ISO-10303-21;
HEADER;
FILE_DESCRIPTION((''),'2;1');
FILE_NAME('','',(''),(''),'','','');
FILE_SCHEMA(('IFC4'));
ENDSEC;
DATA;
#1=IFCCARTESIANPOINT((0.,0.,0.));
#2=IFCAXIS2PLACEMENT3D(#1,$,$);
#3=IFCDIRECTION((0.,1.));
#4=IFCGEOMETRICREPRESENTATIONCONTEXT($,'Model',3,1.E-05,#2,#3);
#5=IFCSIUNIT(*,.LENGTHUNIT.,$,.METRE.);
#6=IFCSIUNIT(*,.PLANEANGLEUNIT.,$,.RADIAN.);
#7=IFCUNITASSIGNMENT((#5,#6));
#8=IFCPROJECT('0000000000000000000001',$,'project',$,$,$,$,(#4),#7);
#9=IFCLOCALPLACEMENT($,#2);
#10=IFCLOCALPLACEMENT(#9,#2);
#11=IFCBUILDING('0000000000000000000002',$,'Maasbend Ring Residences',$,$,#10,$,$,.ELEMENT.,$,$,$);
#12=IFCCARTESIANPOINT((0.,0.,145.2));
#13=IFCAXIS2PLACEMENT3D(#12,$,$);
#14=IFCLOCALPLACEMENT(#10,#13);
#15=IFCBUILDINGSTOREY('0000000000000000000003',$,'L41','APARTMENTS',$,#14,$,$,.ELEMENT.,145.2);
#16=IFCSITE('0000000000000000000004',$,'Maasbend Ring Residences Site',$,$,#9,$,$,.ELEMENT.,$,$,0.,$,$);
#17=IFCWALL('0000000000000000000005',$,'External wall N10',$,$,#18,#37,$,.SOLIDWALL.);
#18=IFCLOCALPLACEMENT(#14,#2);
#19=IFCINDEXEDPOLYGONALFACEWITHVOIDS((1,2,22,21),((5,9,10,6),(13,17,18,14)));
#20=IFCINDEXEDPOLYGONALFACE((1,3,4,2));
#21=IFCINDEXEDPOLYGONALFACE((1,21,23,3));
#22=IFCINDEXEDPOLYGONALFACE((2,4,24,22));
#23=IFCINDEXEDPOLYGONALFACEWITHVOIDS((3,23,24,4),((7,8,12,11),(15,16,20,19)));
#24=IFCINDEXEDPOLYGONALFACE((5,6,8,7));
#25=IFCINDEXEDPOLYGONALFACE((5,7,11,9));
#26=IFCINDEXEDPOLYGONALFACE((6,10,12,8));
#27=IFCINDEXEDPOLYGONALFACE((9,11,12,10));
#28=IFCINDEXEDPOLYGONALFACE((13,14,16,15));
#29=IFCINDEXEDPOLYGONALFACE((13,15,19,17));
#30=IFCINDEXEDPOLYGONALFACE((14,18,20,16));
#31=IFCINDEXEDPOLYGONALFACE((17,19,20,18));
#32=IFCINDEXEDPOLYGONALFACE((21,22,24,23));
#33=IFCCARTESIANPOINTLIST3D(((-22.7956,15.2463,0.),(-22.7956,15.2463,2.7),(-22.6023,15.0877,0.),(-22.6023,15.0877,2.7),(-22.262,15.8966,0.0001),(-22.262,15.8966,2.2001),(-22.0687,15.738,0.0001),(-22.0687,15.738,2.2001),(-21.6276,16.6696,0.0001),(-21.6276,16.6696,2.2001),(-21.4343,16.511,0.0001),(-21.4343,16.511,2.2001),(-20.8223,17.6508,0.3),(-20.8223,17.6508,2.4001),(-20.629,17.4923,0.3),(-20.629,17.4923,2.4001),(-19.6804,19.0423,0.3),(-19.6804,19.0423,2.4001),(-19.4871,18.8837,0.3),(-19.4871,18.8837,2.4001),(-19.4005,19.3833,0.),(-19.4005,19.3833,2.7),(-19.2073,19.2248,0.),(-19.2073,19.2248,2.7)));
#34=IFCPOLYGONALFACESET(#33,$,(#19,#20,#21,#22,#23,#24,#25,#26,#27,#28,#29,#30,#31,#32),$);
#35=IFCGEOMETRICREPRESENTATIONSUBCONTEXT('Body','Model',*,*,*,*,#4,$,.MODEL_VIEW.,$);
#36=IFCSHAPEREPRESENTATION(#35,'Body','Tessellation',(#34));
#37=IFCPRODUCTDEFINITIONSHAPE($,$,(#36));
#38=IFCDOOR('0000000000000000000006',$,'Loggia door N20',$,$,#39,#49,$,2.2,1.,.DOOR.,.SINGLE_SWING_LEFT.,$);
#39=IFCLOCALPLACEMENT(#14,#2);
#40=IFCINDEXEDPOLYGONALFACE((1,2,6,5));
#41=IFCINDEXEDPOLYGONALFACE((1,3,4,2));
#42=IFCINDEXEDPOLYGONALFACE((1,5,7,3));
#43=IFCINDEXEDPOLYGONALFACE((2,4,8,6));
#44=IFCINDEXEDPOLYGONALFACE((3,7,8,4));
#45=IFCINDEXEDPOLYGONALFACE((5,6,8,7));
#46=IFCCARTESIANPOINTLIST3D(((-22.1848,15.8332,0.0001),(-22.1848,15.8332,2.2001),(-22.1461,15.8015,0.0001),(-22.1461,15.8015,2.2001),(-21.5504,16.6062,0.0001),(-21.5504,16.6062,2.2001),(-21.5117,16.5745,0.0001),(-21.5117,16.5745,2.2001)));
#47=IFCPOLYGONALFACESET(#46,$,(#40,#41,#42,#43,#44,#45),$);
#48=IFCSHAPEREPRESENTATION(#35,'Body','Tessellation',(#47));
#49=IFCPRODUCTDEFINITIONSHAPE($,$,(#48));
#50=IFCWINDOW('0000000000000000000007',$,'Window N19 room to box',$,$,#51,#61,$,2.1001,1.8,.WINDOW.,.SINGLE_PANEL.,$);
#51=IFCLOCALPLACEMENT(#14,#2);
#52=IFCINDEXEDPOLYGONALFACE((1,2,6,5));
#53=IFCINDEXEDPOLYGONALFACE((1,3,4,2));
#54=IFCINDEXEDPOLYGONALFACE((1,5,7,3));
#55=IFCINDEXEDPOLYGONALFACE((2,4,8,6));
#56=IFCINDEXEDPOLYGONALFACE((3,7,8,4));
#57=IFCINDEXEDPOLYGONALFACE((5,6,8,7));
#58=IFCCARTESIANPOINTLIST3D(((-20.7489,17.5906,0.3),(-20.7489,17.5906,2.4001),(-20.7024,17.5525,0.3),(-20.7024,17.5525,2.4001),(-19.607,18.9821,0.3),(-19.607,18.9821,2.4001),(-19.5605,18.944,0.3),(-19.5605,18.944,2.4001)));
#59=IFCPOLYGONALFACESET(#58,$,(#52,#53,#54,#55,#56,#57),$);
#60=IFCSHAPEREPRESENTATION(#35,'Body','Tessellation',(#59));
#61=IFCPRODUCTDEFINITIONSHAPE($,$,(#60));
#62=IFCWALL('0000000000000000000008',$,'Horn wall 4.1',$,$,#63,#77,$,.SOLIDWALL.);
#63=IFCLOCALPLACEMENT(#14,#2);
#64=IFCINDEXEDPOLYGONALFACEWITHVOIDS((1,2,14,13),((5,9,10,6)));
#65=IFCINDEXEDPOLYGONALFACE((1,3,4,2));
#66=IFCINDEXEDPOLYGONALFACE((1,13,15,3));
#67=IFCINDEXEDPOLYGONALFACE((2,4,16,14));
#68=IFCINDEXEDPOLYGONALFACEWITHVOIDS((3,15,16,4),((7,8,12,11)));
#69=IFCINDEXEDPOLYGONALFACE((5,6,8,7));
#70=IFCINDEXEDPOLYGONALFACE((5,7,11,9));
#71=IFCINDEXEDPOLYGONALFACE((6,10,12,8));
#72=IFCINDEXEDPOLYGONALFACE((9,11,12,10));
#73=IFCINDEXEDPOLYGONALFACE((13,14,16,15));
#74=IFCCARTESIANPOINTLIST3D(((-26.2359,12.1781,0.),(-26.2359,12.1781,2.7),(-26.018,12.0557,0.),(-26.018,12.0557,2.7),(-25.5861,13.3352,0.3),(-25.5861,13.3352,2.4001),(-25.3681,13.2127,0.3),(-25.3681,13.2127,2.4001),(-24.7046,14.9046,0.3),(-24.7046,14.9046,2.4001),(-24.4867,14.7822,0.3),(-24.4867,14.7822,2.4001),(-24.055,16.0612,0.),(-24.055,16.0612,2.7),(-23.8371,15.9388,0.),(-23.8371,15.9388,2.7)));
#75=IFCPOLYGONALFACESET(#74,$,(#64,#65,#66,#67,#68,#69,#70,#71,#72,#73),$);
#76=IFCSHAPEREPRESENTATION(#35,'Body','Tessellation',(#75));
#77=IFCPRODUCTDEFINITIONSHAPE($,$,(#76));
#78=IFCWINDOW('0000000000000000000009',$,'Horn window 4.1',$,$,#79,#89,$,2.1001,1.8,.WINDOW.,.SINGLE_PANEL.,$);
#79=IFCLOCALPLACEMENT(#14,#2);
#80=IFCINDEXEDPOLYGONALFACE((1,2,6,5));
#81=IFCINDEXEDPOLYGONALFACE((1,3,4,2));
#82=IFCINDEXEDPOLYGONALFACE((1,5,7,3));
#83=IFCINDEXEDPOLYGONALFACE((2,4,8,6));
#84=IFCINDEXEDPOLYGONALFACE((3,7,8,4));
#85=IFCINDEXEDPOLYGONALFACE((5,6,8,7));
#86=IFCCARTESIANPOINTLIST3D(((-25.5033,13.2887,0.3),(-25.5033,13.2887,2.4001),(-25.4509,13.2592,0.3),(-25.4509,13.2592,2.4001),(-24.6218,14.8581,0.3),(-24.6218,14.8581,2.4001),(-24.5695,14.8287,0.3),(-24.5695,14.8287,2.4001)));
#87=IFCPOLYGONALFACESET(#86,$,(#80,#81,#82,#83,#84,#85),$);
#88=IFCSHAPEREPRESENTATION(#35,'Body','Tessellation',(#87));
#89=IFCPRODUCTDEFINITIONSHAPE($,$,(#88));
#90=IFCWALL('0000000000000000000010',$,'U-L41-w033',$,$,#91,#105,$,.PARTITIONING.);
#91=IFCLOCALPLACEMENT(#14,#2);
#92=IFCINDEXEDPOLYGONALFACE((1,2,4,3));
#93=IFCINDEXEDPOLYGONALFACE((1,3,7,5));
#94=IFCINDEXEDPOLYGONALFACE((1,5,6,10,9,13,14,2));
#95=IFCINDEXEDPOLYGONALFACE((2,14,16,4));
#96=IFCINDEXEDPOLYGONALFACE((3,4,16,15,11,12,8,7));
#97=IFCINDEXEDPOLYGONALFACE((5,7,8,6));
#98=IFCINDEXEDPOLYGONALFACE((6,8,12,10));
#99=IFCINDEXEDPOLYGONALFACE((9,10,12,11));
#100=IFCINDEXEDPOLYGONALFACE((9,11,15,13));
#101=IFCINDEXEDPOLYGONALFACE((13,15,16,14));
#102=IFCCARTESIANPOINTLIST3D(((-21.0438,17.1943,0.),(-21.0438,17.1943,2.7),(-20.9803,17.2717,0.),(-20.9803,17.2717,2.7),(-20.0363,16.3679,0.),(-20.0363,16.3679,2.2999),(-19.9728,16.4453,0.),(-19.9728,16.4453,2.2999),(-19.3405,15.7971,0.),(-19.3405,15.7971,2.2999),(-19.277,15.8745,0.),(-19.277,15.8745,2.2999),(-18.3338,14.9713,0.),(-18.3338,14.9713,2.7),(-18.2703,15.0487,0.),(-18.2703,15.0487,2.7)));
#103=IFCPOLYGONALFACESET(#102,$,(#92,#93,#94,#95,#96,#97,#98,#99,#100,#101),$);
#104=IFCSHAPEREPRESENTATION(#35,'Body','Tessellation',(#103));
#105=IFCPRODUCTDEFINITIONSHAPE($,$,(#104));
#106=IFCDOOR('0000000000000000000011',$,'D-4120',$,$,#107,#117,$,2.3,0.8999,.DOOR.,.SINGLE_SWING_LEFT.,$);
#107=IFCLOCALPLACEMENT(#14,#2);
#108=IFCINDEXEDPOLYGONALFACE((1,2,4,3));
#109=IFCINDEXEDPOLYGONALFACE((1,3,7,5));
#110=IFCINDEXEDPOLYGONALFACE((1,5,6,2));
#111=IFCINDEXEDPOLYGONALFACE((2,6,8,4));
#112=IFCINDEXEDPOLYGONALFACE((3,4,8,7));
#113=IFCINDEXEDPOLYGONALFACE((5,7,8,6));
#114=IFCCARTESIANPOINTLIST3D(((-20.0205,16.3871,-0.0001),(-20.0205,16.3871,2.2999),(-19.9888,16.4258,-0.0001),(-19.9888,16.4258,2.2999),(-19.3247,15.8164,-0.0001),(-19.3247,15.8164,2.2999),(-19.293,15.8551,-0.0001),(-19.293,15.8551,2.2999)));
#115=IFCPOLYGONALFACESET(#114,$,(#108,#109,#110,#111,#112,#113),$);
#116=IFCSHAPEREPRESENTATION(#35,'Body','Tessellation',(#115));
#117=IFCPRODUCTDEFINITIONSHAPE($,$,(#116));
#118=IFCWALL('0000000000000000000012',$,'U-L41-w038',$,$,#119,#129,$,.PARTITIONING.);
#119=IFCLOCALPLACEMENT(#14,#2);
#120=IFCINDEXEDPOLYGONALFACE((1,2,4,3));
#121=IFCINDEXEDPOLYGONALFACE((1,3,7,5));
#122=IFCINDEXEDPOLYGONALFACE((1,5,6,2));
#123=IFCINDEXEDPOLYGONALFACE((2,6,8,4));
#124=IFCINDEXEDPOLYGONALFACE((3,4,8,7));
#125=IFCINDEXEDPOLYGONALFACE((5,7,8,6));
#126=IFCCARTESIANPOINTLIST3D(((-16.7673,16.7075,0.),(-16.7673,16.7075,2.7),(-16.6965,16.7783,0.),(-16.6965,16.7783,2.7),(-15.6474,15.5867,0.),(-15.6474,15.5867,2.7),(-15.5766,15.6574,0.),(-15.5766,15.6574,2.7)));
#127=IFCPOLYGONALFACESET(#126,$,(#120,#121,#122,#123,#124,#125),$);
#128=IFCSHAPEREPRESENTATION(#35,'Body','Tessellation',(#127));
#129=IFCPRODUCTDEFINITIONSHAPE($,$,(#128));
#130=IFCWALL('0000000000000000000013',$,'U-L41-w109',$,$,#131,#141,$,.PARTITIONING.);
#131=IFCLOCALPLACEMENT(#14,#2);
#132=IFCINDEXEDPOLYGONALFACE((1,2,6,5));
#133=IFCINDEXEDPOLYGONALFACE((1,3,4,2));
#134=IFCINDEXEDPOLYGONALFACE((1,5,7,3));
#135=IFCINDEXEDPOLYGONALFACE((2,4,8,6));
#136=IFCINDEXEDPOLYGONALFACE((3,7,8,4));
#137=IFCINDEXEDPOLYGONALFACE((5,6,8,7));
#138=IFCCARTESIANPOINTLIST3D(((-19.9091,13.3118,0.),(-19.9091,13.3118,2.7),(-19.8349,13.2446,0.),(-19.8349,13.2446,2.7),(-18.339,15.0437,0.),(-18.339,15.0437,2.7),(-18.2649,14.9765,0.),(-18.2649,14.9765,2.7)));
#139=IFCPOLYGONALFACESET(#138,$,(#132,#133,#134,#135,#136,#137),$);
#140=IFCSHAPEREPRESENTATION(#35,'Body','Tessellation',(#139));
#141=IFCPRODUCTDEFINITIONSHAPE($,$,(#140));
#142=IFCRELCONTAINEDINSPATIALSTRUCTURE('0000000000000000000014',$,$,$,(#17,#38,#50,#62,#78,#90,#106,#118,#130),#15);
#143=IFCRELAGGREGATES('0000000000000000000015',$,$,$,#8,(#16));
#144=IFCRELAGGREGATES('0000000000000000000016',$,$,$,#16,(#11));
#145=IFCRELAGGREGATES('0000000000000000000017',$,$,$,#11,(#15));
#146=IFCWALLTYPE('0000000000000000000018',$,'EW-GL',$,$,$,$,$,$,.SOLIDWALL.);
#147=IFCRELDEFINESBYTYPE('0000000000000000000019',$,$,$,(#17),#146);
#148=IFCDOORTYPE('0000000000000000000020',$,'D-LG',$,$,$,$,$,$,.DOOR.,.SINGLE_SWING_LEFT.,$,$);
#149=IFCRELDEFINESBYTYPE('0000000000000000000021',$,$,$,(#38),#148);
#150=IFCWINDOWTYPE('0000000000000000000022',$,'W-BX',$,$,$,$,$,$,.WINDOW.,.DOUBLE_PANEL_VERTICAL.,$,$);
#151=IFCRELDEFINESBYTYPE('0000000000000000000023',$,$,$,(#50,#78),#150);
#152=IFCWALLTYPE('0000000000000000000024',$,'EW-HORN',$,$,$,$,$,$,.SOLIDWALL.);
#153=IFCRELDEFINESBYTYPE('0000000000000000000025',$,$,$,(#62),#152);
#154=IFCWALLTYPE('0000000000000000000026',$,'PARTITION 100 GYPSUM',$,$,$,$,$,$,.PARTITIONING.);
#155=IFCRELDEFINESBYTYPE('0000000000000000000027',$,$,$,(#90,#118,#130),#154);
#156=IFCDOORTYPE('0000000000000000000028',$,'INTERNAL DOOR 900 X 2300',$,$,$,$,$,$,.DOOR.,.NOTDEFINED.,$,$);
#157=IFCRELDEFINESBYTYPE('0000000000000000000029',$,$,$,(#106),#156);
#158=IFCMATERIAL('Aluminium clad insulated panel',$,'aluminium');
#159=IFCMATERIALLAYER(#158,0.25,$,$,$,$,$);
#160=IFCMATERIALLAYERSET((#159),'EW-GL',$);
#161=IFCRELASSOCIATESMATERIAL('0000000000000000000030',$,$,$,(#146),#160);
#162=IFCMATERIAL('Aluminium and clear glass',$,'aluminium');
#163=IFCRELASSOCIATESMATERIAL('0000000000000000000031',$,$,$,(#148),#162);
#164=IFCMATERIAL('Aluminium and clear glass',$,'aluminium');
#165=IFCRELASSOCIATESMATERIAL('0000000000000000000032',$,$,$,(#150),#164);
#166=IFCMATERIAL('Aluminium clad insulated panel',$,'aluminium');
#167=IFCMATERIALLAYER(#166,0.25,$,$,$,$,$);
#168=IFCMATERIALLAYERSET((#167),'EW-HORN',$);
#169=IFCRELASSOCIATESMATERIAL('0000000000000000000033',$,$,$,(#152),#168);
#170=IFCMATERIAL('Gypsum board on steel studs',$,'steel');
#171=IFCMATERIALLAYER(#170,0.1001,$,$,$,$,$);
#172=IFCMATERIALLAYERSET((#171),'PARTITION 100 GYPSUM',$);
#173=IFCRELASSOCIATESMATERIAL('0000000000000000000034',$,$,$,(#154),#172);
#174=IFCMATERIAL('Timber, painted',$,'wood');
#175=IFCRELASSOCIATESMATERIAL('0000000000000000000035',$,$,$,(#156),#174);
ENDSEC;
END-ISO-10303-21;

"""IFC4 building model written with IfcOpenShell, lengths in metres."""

from ifc_helpers import new_model, si_unit, direction, frame, frame_2d, origin, place, context, subcontext, project, spatial, rectangle, extrude, material, layer, layer_set, type_object, element, fill, save


model = new_model("IFC4")

# Units and contexts
model_context = context("Model", 3, precision=1e-05, world=origin(), true_north=direction((0.0, 1.0)))
body_context = subcontext(model_context, "Body", "Model", "MODEL_VIEW")
ifc_project = project(units=[si_unit("LENGTHUNIT", "METRE"), si_unit("PLANEANGLEUNIT", "RADIAN")], contexts=[model_context])

# Site, building, storey
site_placement = place(None, origin())
site = spatial("IfcSite", under=ifc_project, at=site_placement, Name="Maasbend Ring Residences Site", CompositionType="ELEMENT", RefElevation=0.0)
building_placement = place(site_placement, origin())
building = spatial("IfcBuilding", under=site, at=building_placement, Name="Maasbend Ring Residences", CompositionType="ELEMENT")
storey_placement = place(building_placement, frame((0.0, 0.0, 145.2)))
storey = spatial("IfcBuildingStorey", under=building, at=storey_placement, Name="L41", Description="APARTMENTS", CompositionType="ELEMENT", Elevation=145.2)

# Wall, openings, door, window
ifc_material_1 = material(Name="Aluminium clad insulated panel", Category="aluminium")
ifc_layer_1 = layer(ifc_material_1, 0.25)
ifc_layer_set_1 = layer_set([ifc_layer_1], Name="EW-GL")
wall_type_1 = type_object("IfcWallType", Name="EW-GL", PredefinedType="SOLIDWALL", material=ifc_layer_set_1)
wall_1_placement = place(storey_placement, frame((-19.304, 19.304, 0.0), z_axis=(0.0, 0.0, 1.0), x_axis=(-0.634382, -0.773019, 0.0)))
wall_1 = element("IfcWall", 1, at=wall_1_placement, inside=storey, type_object=wall_type_1, Name="External wall N10", PredefinedType="SOLIDWALL", context=body_context, shape_type="SweptSolid", body=[
    extrude(rectangle(XDim=5.3518, YDim=0.25, at=frame_2d((2.6758, 0.0))), origin(), (0.0, 0.0, 1.0), 2.7),
])
opening_1_placement = place(wall_1_placement, frame((0.4412, 0.0, 0.3)))
opening_1 = element("IfcOpeningElement", 2, at=opening_1_placement, cuts=wall_1, PredefinedType="OPENING", context=body_context, shape_type="SweptSolid", body=[
    extrude(rectangle(XDim=1.8, YDim=2.1001, at=frame_2d((0.8999, 1.05))), frame((0.0, 0.135, 0.0), z_axis=(0.0, -1.0, 0.0), x_axis=(1.0, 0.0, 0.0)), (0.0, 0.0, 1.0), 0.27),
])
opening_2_placement = place(wall_1_placement, frame((3.5105, 0.0, 0.0)))
opening_2 = element("IfcOpeningElement", 3, at=opening_2_placement, cuts=wall_1, PredefinedType="OPENING", context=body_context, shape_type="SweptSolid", body=[
    extrude(rectangle(XDim=1.0, YDim=2.2, at=frame_2d((0.5, 1.1001))), frame((0.0, 0.135, 0.0), z_axis=(0.0, -1.0, 0.0), x_axis=(1.0, 0.0, 0.0)), (0.0, 0.0, 1.0), 0.27),
])
ifc_material_2 = material(Name="Aluminium and clear glass", Category="aluminium")
door_type_1 = type_object("IfcDoorType", Name="D-LG", OperationType="SINGLE_SWING_LEFT", PredefinedType="DOOR", material=ifc_material_2)
door_1_placement = place(opening_2_placement, origin())
door_1 = element("IfcDoor", 4, at=door_1_placement, inside=storey, type_object=door_type_1, Name="Loggia door N20", OperationType="SINGLE_SWING_LEFT", OverallHeight=2.2, OverallWidth=1.0, PredefinedType="DOOR", context=body_context, shape_type="SweptSolid", body=[
    extrude(rectangle(XDim=1.0, YDim=2.2, at=frame_2d((0.5, 1.1001))), frame((0.0, 0.0249, 0.0), z_axis=(0.0, -1.0, 0.0), x_axis=(1.0, 0.0, 0.0)), (0.0, 0.0, 1.0), 0.05),
])
fill(opening_2, door_1)
ifc_material_3 = material(Name="Aluminium and clear glass", Category="aluminium")
window_type = type_object("IfcWindowType", Name="W-BX", PartitioningType="DOUBLE_PANEL_VERTICAL", PredefinedType="WINDOW", material=ifc_material_3)
window_1_placement = place(opening_1_placement, origin())
window_1 = element("IfcWindow", 5, at=window_1_placement, inside=storey, type_object=window_type, Name="Window N19 room to box", OverallHeight=2.1001, OverallWidth=1.8, PartitioningType="SINGLE_PANEL", PredefinedType="WINDOW", context=body_context, shape_type="SweptSolid", body=[
    extrude(rectangle(XDim=1.8, YDim=2.1001, at=frame_2d((0.8999, 1.05))), frame((0.0, 0.03, 0.0), z_axis=(0.0, -1.0, 0.0), x_axis=(1.0, 0.0, 0.0)), (0.0, 0.0, 1.0), 0.0601),
])
fill(opening_1, window_1)

# Wall, opening, window
ifc_material_4 = material(Name="Aluminium clad insulated panel", Category="aluminium")
ifc_layer_2 = layer(ifc_material_4, 0.25)
ifc_layer_set_2 = layer_set([ifc_layer_2], Name="EW-HORN")
wall_type_2 = type_object("IfcWallType", Name="EW-HORN", PredefinedType="SOLIDWALL", material=ifc_layer_set_2)
wall_2_placement = place(storey_placement, frame((-23.946, 16.0, 0.0), z_axis=(0.0, 0.0, 1.0), x_axis=(-0.489696, -0.871893, 0.0)))
wall_2 = element("IfcWall", 6, at=wall_2_placement, inside=storey, type_object=wall_type_2, Name="Horn wall 4.1", PredefinedType="SOLIDWALL", context=body_context, shape_type="SweptSolid", body=[
    extrude(rectangle(XDim=4.4536, YDim=0.25, at=frame_2d((2.2268, 0.0))), origin(), (0.0, 0.0, 1.0), 2.7),
])
opening_3_placement = place(wall_2_placement, frame((1.3267, 0.0, 0.3)))
opening_3 = element("IfcOpeningElement", 7, at=opening_3_placement, cuts=wall_2, PredefinedType="OPENING", context=body_context, shape_type="SweptSolid", body=[
    extrude(rectangle(XDim=1.8, YDim=2.1001, at=frame_2d((0.8999, 1.05))), frame((0.0, 0.135, 0.0), z_axis=(0.0, -1.0, 0.0), x_axis=(1.0, 0.0, 0.0)), (0.0, 0.0, 1.0), 0.27),
])
window_2_placement = place(opening_3_placement, origin())
window_2 = element("IfcWindow", 8, at=window_2_placement, inside=storey, type_object=window_type, Name="Horn window 4.1", OverallHeight=2.1001, OverallWidth=1.8, PartitioningType="SINGLE_PANEL", PredefinedType="WINDOW", context=body_context, shape_type="SweptSolid", body=[
    extrude(rectangle(XDim=1.8, YDim=2.1001, at=frame_2d((0.8999, 1.05))), frame((0.0, 0.03, 0.0), z_axis=(0.0, -1.0, 0.0), x_axis=(1.0, 0.0, 0.0)), (0.0, 0.0, 1.0), 0.0601),
])
fill(opening_3, window_2)

# Wall, opening, door
ifc_material_5 = material(Name="Gypsum board on steel studs", Category="steel")
ifc_layer_3 = layer(ifc_material_5, 0.1001)
ifc_layer_set_3 = layer_set([ifc_layer_3], Name="PARTITION 100 GYPSUM")
wall_type_3 = type_object("IfcWallType", Name="PARTITION 100 GYPSUM", PredefinedType="PARTITIONING", material=ifc_layer_set_3)
wall_3_placement = place(storey_placement, frame((-21.012, 17.2329, 0.0), z_axis=(0.0, 0.0, 1.0), x_axis=(0.773165, -0.634205, 0.0)))
wall_3 = element("IfcWall", 9, at=wall_3_placement, inside=storey, type_object=wall_type_3, Name="U-L41-w033", PredefinedType="PARTITIONING", context=body_context, shape_type="SweptSolid", body=[
    extrude(rectangle(XDim=3.5051, YDim=0.1001, at=frame_2d((1.7524, 0.0))), origin(), (0.0, 0.0, 1.0), 2.7),
])
opening_4_placement = place(wall_3_placement, frame((1.303, 0.0, 0.0)))
opening_4 = element("IfcOpeningElement", 10, at=opening_4_placement, cuts=wall_3, PredefinedType="OPENING", context=body_context, shape_type="SweptSolid", body=[
    extrude(rectangle(XDim=0.8999, YDim=2.3, at=frame_2d((0.45, 1.1499))), frame((0.0, 0.0601, 0.0), z_axis=(0.0, -1.0, 0.0), x_axis=(1.0, 0.0, 0.0)), (0.0, 0.0, 1.0), 0.1201),
])
ifc_material_6 = material(Name="Timber, painted", Category="wood")
door_type_2 = type_object("IfcDoorType", Name="INTERNAL DOOR 900 X 2300", OperationType="NOTDEFINED", PredefinedType="DOOR", material=ifc_material_6)
door_2_placement = place(opening_4_placement, origin())
door_2 = element("IfcDoor", 11, at=door_2_placement, inside=storey, type_object=door_type_2, Name="D-4120", OperationType="SINGLE_SWING_LEFT", OverallHeight=2.3, OverallWidth=0.8999, PredefinedType="DOOR", context=body_context, shape_type="SweptSolid", body=[
    extrude(rectangle(XDim=0.8999, YDim=2.3, at=frame_2d((0.45, 1.1499))), frame((0.0, 0.0249, 0.0), z_axis=(0.0, -1.0, 0.0), x_axis=(1.0, 0.0, 0.0)), (0.0, 0.0, 1.0), 0.05),
])
fill(opening_4, door_2)

# Walls
wall_4_placement = place(storey_placement, frame((-16.7319, 16.7429, 0.0), z_axis=(0.0, 0.0, 1.0), x_axis=(0.706799, -0.707415, 0.0)))
element("IfcWall", 12, at=wall_4_placement, inside=storey, type_object=wall_type_3, Name="U-L41-w038", PredefinedType="PARTITIONING", context=body_context, shape_type="SweptSolid", body=[
    extrude(rectangle(XDim=1.5845, YDim=0.1001, at=frame_2d((0.7922, 0.0))), origin(), (0.0, 0.0, 1.0), 2.7),
])
wall_5_placement = place(storey_placement, frame((-19.8721, 13.2781, 0.0), z_axis=(0.0, 0.0, 1.0), x_axis=(0.671638, 0.74088, 0.0)))
element("IfcWall", 13, at=wall_5_placement, inside=storey, type_object=wall_type_3, Name="U-L41-w109", PredefinedType="PARTITIONING", context=body_context, shape_type="SweptSolid", body=[
    extrude(rectangle(XDim=2.3376, YDim=0.1001, at=frame_2d((1.1689, 0.0))), origin(), (0.0, 0.0, 1.0), 2.7),
])

save(model, "model.ifc")
